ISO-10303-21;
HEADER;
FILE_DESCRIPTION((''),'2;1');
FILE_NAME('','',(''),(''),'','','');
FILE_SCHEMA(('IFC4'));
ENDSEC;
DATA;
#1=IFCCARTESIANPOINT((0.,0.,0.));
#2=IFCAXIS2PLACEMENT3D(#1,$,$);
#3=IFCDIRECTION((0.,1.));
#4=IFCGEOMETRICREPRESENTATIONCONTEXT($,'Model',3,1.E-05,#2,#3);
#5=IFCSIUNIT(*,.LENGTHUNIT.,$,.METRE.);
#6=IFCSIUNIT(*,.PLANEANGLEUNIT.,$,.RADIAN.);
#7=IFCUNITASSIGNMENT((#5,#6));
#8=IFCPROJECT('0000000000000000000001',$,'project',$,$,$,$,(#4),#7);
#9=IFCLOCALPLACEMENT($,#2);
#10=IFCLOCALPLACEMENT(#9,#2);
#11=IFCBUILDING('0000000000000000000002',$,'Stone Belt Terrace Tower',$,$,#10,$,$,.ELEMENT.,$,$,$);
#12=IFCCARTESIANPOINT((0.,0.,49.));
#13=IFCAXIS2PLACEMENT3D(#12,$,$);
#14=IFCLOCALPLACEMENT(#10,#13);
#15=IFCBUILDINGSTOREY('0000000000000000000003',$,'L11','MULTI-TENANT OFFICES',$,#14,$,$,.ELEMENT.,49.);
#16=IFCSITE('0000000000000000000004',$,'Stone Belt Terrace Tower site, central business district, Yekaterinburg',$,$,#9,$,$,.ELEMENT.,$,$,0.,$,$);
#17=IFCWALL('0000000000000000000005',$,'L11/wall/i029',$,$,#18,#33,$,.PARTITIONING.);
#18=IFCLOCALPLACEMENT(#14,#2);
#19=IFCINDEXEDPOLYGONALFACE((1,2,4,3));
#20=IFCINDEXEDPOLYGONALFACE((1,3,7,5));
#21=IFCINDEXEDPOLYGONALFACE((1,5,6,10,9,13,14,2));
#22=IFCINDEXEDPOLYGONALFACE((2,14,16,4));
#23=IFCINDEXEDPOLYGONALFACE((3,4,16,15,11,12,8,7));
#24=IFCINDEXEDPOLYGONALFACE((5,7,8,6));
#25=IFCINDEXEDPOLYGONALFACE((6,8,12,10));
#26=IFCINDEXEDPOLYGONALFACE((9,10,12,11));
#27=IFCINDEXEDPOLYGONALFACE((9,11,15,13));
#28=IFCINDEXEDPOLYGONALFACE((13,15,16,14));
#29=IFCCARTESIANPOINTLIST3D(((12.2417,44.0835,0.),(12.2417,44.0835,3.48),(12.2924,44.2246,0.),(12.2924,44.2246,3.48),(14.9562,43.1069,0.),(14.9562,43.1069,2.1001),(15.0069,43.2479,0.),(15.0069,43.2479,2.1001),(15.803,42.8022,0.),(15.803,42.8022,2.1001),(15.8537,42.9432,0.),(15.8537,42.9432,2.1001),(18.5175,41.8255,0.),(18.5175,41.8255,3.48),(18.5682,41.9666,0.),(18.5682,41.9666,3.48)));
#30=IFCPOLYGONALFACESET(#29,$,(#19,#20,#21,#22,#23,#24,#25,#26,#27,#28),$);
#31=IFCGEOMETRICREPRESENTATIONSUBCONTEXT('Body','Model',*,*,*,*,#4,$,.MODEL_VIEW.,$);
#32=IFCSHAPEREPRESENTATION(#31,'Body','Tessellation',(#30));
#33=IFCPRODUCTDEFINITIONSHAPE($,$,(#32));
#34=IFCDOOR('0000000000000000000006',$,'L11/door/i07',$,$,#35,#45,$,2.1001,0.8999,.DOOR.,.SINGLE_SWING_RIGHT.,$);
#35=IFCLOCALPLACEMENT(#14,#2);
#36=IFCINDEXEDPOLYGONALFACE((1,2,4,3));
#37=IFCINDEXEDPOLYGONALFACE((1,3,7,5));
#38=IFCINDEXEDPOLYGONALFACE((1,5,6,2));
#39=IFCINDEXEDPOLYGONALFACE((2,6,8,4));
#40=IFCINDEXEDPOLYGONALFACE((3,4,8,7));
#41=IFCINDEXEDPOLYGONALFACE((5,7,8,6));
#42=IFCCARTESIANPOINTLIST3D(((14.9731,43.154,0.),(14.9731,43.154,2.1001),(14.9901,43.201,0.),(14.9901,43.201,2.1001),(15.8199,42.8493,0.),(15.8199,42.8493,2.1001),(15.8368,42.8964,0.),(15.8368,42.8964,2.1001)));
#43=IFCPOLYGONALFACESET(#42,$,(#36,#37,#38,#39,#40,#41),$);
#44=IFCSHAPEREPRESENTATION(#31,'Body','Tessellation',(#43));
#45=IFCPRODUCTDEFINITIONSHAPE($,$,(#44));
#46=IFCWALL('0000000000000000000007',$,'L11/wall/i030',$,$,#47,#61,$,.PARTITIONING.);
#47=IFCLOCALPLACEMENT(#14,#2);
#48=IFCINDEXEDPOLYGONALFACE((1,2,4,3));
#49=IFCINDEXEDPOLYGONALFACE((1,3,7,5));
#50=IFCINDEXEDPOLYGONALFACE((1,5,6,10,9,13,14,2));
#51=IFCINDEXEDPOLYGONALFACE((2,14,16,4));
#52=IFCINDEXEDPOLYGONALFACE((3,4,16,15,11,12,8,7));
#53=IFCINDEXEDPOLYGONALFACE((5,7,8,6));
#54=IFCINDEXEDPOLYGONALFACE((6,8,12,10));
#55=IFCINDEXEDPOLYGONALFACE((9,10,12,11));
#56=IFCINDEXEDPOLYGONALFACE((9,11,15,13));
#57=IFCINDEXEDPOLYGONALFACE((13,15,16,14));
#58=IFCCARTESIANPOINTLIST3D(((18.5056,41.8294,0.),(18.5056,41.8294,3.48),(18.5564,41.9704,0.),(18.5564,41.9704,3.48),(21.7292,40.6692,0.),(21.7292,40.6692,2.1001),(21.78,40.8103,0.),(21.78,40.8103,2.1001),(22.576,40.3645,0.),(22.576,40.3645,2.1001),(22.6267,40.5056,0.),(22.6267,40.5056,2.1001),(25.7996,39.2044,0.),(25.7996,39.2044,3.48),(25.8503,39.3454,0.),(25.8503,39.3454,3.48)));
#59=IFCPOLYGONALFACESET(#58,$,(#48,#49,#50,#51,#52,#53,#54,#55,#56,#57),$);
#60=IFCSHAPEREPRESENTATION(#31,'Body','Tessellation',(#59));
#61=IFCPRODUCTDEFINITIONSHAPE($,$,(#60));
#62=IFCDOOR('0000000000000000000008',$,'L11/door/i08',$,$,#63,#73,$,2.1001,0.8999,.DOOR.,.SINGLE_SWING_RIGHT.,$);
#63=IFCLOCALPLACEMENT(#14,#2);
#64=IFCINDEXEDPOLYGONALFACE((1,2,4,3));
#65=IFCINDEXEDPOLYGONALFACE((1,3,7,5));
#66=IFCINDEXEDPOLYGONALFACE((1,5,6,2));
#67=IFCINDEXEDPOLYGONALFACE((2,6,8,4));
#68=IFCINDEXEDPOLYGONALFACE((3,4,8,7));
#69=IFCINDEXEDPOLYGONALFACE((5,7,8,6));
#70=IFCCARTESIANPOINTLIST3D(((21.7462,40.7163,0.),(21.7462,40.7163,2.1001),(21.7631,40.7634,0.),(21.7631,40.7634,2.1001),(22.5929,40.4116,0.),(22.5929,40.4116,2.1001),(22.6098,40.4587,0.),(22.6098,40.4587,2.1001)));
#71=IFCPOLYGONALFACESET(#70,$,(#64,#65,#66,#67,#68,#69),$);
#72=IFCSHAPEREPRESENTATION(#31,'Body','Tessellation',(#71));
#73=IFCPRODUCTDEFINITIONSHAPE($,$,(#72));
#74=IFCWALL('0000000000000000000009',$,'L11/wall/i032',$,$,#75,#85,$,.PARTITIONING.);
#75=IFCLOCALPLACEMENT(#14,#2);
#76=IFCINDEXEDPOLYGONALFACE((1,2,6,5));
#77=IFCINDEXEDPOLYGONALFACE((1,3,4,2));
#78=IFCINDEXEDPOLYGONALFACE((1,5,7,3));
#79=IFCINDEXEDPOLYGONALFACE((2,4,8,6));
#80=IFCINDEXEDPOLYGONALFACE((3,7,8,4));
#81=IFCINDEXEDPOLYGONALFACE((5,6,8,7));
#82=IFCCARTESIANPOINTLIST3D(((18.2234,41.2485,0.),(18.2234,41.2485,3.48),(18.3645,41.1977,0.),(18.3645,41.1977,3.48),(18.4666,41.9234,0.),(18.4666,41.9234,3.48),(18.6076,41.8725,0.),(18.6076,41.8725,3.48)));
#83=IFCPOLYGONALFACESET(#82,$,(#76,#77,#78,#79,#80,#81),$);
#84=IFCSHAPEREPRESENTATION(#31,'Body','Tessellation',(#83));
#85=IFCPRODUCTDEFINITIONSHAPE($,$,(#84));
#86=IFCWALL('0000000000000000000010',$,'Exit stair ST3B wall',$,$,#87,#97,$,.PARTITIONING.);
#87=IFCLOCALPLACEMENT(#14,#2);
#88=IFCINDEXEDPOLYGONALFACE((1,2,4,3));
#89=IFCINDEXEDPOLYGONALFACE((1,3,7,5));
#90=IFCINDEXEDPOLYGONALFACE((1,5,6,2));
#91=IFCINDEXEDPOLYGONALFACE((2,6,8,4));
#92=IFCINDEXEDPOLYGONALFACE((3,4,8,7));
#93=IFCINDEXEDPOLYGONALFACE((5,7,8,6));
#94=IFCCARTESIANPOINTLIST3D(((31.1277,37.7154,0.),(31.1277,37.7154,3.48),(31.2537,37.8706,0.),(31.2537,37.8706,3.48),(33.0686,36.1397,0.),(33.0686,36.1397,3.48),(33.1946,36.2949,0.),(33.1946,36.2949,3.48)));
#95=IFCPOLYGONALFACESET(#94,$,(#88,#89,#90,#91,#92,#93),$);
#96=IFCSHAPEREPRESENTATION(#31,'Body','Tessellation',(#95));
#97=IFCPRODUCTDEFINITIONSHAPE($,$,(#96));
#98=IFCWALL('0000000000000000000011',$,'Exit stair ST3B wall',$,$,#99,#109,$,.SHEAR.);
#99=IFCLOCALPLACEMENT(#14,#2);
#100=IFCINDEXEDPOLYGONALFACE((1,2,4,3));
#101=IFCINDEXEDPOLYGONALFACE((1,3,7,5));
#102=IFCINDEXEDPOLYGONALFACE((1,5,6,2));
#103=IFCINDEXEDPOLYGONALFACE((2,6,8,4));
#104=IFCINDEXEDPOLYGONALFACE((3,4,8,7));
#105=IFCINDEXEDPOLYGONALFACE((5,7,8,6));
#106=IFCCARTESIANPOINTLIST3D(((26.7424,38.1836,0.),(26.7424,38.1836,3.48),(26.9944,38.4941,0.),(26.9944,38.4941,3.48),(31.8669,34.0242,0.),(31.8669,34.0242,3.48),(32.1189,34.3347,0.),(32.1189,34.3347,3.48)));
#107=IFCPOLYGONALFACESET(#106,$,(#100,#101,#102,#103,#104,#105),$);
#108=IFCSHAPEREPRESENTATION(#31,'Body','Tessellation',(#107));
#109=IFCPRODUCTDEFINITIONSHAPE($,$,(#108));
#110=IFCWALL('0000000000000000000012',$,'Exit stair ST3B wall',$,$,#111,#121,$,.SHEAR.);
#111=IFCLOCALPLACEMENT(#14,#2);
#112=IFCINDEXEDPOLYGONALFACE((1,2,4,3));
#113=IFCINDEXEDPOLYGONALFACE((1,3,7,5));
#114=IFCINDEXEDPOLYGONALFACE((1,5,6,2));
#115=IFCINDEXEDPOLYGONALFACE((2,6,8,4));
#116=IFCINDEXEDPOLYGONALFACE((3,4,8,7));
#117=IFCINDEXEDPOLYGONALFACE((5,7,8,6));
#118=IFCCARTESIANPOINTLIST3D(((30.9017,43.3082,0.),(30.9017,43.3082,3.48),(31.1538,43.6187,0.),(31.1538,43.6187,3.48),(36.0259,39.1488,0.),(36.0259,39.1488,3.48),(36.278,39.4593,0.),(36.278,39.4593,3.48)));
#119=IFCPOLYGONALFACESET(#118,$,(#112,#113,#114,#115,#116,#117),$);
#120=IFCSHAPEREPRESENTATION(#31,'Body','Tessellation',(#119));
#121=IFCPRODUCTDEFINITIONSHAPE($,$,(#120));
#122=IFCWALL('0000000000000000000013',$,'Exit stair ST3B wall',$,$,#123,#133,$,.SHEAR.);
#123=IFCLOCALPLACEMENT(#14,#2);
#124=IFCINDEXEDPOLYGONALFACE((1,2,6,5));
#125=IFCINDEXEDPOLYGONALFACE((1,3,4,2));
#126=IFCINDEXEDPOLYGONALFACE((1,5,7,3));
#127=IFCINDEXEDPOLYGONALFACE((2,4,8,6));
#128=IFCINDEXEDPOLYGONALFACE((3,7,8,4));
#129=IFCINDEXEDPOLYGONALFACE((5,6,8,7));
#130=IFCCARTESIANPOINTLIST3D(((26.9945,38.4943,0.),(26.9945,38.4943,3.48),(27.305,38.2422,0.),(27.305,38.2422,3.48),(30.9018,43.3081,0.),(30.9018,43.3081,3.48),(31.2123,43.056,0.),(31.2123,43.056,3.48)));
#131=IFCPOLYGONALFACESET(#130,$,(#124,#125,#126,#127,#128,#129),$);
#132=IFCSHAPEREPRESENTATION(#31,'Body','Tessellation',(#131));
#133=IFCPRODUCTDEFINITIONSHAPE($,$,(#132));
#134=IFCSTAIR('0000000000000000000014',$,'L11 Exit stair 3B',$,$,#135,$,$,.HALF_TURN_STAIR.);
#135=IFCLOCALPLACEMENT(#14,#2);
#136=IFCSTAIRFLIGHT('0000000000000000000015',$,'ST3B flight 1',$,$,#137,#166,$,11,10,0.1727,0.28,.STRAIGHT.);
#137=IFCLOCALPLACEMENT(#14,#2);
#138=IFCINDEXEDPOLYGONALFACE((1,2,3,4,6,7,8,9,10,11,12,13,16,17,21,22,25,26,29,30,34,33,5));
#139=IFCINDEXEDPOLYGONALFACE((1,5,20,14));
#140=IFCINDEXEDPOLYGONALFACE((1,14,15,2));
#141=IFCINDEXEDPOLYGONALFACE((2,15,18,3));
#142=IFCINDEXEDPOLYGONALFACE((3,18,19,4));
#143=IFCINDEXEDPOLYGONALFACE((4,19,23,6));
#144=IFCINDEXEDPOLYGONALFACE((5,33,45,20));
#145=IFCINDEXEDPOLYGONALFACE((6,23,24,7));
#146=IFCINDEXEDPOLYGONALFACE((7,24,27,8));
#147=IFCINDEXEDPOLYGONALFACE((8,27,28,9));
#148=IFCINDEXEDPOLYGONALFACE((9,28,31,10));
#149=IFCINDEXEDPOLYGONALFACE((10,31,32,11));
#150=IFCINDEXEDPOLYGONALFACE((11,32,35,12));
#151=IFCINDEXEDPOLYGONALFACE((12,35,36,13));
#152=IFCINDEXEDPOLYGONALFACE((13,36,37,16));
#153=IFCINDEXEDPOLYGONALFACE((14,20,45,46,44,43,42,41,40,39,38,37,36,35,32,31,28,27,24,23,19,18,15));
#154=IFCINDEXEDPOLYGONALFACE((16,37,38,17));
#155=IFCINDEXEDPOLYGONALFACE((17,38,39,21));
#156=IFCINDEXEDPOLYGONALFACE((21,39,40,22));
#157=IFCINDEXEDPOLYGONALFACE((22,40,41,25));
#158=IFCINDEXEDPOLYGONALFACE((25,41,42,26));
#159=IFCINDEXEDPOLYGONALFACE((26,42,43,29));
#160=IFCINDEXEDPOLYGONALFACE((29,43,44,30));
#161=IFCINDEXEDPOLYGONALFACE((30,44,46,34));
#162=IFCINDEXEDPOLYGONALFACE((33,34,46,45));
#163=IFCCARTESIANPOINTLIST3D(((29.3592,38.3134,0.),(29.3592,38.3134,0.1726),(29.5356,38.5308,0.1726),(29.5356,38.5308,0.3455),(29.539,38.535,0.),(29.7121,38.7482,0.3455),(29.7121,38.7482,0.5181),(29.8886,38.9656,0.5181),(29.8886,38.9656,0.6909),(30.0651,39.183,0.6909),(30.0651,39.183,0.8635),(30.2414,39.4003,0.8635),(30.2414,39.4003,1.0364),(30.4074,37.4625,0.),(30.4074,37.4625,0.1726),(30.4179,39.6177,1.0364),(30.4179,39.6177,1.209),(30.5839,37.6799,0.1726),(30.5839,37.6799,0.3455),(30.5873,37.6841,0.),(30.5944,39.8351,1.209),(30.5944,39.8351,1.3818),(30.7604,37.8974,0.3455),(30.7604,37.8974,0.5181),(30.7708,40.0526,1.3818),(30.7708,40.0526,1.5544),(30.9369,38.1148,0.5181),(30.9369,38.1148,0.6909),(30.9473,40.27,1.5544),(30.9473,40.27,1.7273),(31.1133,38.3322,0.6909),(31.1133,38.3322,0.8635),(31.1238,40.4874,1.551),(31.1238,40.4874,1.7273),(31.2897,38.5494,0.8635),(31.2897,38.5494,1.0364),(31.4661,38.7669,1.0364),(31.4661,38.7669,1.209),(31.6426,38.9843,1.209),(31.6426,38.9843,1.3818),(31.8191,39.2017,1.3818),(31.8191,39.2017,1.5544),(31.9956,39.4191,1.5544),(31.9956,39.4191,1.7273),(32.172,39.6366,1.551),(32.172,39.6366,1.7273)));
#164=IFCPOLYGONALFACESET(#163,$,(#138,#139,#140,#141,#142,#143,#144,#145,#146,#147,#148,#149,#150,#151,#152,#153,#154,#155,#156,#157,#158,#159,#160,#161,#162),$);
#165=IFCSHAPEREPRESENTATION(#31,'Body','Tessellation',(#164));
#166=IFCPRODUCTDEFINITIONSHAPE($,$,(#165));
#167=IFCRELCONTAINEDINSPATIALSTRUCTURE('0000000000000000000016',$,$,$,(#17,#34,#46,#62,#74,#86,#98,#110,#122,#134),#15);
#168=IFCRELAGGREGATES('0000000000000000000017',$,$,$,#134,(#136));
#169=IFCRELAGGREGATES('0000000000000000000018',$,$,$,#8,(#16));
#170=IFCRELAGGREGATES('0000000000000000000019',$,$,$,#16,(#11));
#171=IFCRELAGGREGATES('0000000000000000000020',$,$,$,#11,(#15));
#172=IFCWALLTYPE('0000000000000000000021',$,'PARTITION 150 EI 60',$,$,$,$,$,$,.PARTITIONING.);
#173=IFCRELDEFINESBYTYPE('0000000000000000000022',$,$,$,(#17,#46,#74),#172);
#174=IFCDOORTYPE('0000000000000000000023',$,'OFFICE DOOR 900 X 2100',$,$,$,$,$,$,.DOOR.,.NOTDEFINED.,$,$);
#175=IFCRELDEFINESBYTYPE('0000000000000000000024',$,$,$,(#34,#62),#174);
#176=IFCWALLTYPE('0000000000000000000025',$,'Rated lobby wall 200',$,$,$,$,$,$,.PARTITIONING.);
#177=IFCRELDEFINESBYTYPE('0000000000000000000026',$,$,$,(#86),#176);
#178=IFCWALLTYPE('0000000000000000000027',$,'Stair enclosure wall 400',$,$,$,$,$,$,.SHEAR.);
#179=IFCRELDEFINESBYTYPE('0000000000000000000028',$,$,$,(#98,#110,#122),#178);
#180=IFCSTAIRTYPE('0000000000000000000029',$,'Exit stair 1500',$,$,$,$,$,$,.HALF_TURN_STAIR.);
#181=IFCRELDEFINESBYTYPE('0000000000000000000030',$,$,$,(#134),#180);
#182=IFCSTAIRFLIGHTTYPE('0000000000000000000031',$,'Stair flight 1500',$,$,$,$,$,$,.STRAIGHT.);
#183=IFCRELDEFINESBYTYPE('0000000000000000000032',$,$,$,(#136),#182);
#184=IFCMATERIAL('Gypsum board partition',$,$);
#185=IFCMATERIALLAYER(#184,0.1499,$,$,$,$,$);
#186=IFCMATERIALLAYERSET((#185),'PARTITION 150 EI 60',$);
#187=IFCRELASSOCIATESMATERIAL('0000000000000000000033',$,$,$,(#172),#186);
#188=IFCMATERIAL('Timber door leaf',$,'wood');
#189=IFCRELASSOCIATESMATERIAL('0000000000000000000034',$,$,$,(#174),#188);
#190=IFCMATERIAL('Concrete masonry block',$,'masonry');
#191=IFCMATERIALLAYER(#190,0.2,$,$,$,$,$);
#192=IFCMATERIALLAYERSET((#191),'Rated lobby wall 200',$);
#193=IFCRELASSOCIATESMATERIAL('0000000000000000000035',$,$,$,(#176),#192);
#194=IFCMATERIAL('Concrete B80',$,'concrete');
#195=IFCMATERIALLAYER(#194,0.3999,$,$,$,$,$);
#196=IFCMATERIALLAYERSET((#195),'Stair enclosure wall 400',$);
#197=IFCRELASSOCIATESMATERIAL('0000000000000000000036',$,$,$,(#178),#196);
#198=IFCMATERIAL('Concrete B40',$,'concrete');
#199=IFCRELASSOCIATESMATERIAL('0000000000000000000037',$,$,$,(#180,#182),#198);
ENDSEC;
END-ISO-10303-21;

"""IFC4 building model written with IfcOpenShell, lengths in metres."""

from ifc_helpers import new_model, si_unit, direction, frame, frame_2d, origin, place, context, subcontext, project, spatial, polyline, rectangle, outline, extrude, material, layer, layer_set, type_object, element, fill, aggregate, save


model = new_model("IFC4")

# Units and contexts
model_context = context("Model", 3, precision=1e-05, world=origin(), true_north=direction((0.0, 1.0)))
body_context = subcontext(model_context, "Body", "Model", "MODEL_VIEW")
ifc_project = project(units=[si_unit("LENGTHUNIT", "METRE"), si_unit("PLANEANGLEUNIT", "RADIAN")], contexts=[model_context])

# Site, building, storey
site_placement = place(None, origin())
site = spatial("IfcSite", under=ifc_project, at=site_placement, Name="Stone Belt Terrace Tower site, central business district, Yekaterinburg", CompositionType="ELEMENT", RefElevation=0.0)
building_placement = place(site_placement, origin())
building = spatial("IfcBuilding", under=site, at=building_placement, Name="Stone Belt Terrace Tower", CompositionType="ELEMENT")
storey_placement = place(building_placement, frame((0.0, 0.0, 49.0)))
storey = spatial("IfcBuildingStorey", under=building, at=storey_placement, Name="L11", Description="MULTI-TENANT OFFICES", CompositionType="ELEMENT", Elevation=49.0)

# Shared definitions
ifc_material_1 = material(Name="Concrete B80", Category="concrete")

# Shared definitions
ifc_material_2 = material(Name="Timber door leaf", Category="wood")

# Shared definitions
ifc_material_3 = material(Name="Gypsum board partition")
ifc_layer_1 = layer(ifc_material_3, 0.1499)
ifc_layer_set_1 = layer_set([ifc_layer_1], Name="PARTITION 150 EI 60")
wall_type_1 = type_object("IfcWallType", Name="PARTITION 150 EI 60", PredefinedType="PARTITIONING", material=ifc_layer_set_1)

# Walls, openings, doors
wall_1_placement = place(storey_placement, frame((18.543, 41.896, 0.0), z_axis=(0.0, 0.0, 1.0), x_axis=(-0.940948, 0.338552, 0.0)))
wall_1 = element("IfcWall", 1, at=wall_1_placement, inside=storey, type_object=wall_type_1, Name="L11/wall/i029", PredefinedType="PARTITIONING", context=body_context, shape_type="SweptSolid", body=[
    extrude(rectangle(XDim=6.6697, YDim=0.1499, at=frame_2d((3.335, 0.0))), origin(), (0.0, 0.0, 1.0), 3.48),
])
opening_1_placement = place(wall_1_placement, frame((2.885, 0.0, 0.0)))
opening_1 = element("IfcOpeningElement", 2, at=opening_1_placement, cuts=wall_1, PredefinedType="OPENING", context=body_context, shape_type="SweptSolid", body=[
    extrude(rectangle(XDim=0.8999, YDim=2.1001, at=frame_2d((0.45, 1.05))), frame((0.0, 0.085, 0.0), z_axis=(0.0, -1.0, 0.0), x_axis=(1.0, 0.0, 0.0)), (0.0, 0.0, 1.0), 0.1699),
])
door_type_1 = type_object("IfcDoorType", Name="OFFICE DOOR 900 X 2100", OperationType="NOTDEFINED", PredefinedType="DOOR", material=ifc_material_2)
door_1_placement = place(opening_1_placement, origin())
door_1 = element("IfcDoor", 3, at=door_1_placement, inside=storey, type_object=door_type_1, Name="L11/door/i07", OperationType="SINGLE_SWING_RIGHT", OverallHeight=2.1001, OverallWidth=0.8999, PredefinedType="DOOR", context=body_context, shape_type="SweptSolid", body=[
    extrude(rectangle(XDim=0.8999, YDim=2.1001, at=frame_2d((0.45, 1.05))), frame((0.0, 0.0249, 0.0), z_axis=(0.0, -1.0, 0.0), x_axis=(1.0, 0.0, 0.0)), (0.0, 0.0, 1.0), 0.05),
])
fill(opening_1, door_1)
wall_2_placement = place(storey_placement, frame((25.825, 39.2749, 0.0), z_axis=(0.0, 0.0, 1.0), x_axis=(-0.940921, 0.338626, 0.0)))
wall_2 = element("IfcWall", 4, at=wall_2_placement, inside=storey, type_object=wall_type_1, Name="L11/wall/i030", PredefinedType="PARTITIONING", context=body_context, shape_type="SweptSolid", body=[
    extrude(rectangle(XDim=7.752, YDim=0.1499, at=frame_2d((3.876, 0.0))), origin(), (0.0, 0.0, 1.0), 3.48),
])
opening_2_placement = place(wall_2_placement, frame((3.426, 0.0, 0.0)))
opening_2 = element("IfcOpeningElement", 5, at=opening_2_placement, cuts=wall_2, PredefinedType="OPENING", context=body_context, shape_type="SweptSolid", body=[
    extrude(rectangle(XDim=0.8999, YDim=2.1001, at=frame_2d((0.45, 1.05))), frame((0.0, 0.085, 0.0), z_axis=(0.0, -1.0, 0.0), x_axis=(1.0, 0.0, 0.0)), (0.0, 0.0, 1.0), 0.1699),
])
door_2_placement = place(opening_2_placement, origin())
door_2 = element("IfcDoor", 6, at=door_2_placement, inside=storey, type_object=door_type_1, Name="L11/door/i08", OperationType="SINGLE_SWING_RIGHT", OverallHeight=2.1001, OverallWidth=0.8999, PredefinedType="DOOR", context=body_context, shape_type="SweptSolid", body=[
    extrude(rectangle(XDim=0.8999, YDim=2.1001, at=frame_2d((0.45, 1.05))), frame((0.0, 0.0249, 0.0), z_axis=(0.0, -1.0, 0.0), x_axis=(1.0, 0.0, 0.0)), (0.0, 0.0, 1.0), 0.05),
])
fill(opening_2, door_2)

# Walls
wall_3_placement = place(storey_placement, frame((18.5371, 41.8979, 0.0), z_axis=(0.0, 0.0, 1.0), x_axis=(-0.339009, -0.940783, 0.0)))
element("IfcWall", 7, at=wall_3_placement, inside=storey, type_object=wall_type_1, Name="L11/wall/i032", PredefinedType="PARTITIONING", context=body_context, shape_type="SweptSolid", body=[
    extrude(rectangle(XDim=0.7173, YDim=0.1499, at=frame_2d((0.3586, 0.0))), origin(), (0.0, 0.0, 1.0), 3.48),
])
ifc_material_4 = material(Name="Concrete masonry block", Category="masonry")
ifc_layer_2 = layer(ifc_material_4, 0.2)
ifc_layer_set_2 = layer_set([ifc_layer_2], Name="Rated lobby wall 200")
wall_type_2 = type_object("IfcWallType", Name="Rated lobby wall 200", PredefinedType="PARTITIONING", material=ifc_layer_set_2)
wall_4_placement = place(storey_placement, frame((31.1907, 37.793, 0.0), z_axis=(0.0, 0.0, 1.0), x_axis=(0.776371, -0.630276, 0.0)))
element("IfcWall", 8, at=wall_4_placement, inside=storey, type_object=wall_type_2, Name="Exit stair ST3B wall", PredefinedType="PARTITIONING", context=body_context, shape_type="SweptSolid", body=[
    extrude(rectangle(XDim=2.5, YDim=0.2, at=frame_2d((1.25, 0.0))), origin(), (0.0, 0.0, 1.0), 3.48),
])
ifc_layer_3 = layer(ifc_material_1, 0.3999)
ifc_layer_set_3 = layer_set([ifc_layer_3], Name="Stair enclosure wall 400")
wall_type_3 = type_object("IfcWallType", Name="Stair enclosure wall 400", PredefinedType="SHEAR", material=ifc_layer_set_3)
wall_5_placement = place(storey_placement, frame((26.8684, 38.3389, 0.0), z_axis=(0.0, 0.0, 1.0), x_axis=(0.776428, -0.630205, 0.0)))
element("IfcWall", 9, at=wall_5_placement, inside=storey, type_object=wall_type_3, Name="Exit stair ST3B wall", PredefinedType="SHEAR", context=body_context, shape_type="SweptSolid", body=[
    extrude(rectangle(XDim=6.6001, YDim=0.3999, at=frame_2d((3.3, 0.0))), origin(), (0.0, 0.0, 1.0), 3.48),
])
wall_6_placement = place(storey_placement, frame((31.0278, 43.4634, 0.0), z_axis=(0.0, 0.0, 1.0), x_axis=(0.776414, -0.630224, 0.0)))
element("IfcWall", 10, at=wall_6_placement, inside=storey, type_object=wall_type_3, Name="Exit stair ST3B wall", PredefinedType="SHEAR", context=body_context, shape_type="SweptSolid", body=[
    extrude(rectangle(XDim=6.5999, YDim=0.3999, at=frame_2d((3.2998, 0.0))), origin(), (0.0, 0.0, 1.0), 3.48),
])
wall_7_placement = place(storey_placement, frame((27.1497, 38.3682, 0.0), z_axis=(0.0, 0.0, 1.0), x_axis=(0.630212, 0.776423, 0.0)))
element("IfcWall", 11, at=wall_7_placement, inside=storey, type_object=wall_type_3, Name="Exit stair ST3B wall", PredefinedType="SHEAR", context=body_context, shape_type="SweptSolid", body=[
    extrude(rectangle(XDim=6.2, YDim=0.3999, at=frame_2d((3.1001, 0.0))), origin(), (0.0, 0.0, 1.0), 3.48),
])

# Stair, stair flight
ifc_material_5 = material(Name="Concrete B40", Category="concrete")
stair_type = type_object("IfcStairType", Name="Exit stair 1500", PredefinedType="HALF_TURN_STAIR", material=ifc_material_5)
stair_placement = place(storey_placement, origin())
stair = element("IfcStair", 12, at=stair_placement, inside=storey, type_object=stair_type, Name="L11 Exit stair 3B", PredefinedType="HALF_TURN_STAIR")
stair_flight_type = type_object("IfcStairFlightType", Name="Stair flight 1500", PredefinedType="STRAIGHT", material=ifc_material_5)
stair_flight_1_placement = place(storey_placement, frame((29.8833, 37.8879, 0.0), z_axis=(0.0, 0.0, 1.0), x_axis=(0.630206, 0.776428, 0.0)))
stair_flight_1 = element("IfcStairFlight", 13, at=stair_flight_1_placement, type_object=stair_flight_type, Name="ST3B flight 1", NumberOfRisers=11, NumberOfTreads=10, PredefinedType="STRAIGHT", RiserHeight=0.1727, TreadLength=0.28, context=body_context, shape_type="SweptSolid", body=[
    extrude(outline(polyline([(0.0, 0.0), (0.0, 0.1726), (0.28, 0.1726), (0.28, 0.3455), (0.5601, 0.3455), (0.5601, 0.5181), (0.8401, 0.5181), (0.8401, 0.6909), (1.1201, 0.6909), (1.1201, 0.8635), (1.3999, 0.8635), (1.3999, 1.0364), (1.6799, 1.0364), (1.6799, 1.209), (1.96, 1.209), (1.96, 1.3818), (2.24, 1.3818), (2.24, 1.5544), (2.52, 1.5544), (2.52, 1.7273), (2.8, 1.7273), (2.8, 1.8999), (2.8, 1.551), (0.2854, 0.0), (0.0, 0.0)])), frame((0.0, 0.675, 0.0), z_axis=(0.0, -1.0, 0.0), x_axis=(1.0, 0.0, 0.0)), (0.0, 0.0, 1.0), 1.3501),
])
aggregate(stair, [stair_flight_1])

save(model, "model.ifc")
